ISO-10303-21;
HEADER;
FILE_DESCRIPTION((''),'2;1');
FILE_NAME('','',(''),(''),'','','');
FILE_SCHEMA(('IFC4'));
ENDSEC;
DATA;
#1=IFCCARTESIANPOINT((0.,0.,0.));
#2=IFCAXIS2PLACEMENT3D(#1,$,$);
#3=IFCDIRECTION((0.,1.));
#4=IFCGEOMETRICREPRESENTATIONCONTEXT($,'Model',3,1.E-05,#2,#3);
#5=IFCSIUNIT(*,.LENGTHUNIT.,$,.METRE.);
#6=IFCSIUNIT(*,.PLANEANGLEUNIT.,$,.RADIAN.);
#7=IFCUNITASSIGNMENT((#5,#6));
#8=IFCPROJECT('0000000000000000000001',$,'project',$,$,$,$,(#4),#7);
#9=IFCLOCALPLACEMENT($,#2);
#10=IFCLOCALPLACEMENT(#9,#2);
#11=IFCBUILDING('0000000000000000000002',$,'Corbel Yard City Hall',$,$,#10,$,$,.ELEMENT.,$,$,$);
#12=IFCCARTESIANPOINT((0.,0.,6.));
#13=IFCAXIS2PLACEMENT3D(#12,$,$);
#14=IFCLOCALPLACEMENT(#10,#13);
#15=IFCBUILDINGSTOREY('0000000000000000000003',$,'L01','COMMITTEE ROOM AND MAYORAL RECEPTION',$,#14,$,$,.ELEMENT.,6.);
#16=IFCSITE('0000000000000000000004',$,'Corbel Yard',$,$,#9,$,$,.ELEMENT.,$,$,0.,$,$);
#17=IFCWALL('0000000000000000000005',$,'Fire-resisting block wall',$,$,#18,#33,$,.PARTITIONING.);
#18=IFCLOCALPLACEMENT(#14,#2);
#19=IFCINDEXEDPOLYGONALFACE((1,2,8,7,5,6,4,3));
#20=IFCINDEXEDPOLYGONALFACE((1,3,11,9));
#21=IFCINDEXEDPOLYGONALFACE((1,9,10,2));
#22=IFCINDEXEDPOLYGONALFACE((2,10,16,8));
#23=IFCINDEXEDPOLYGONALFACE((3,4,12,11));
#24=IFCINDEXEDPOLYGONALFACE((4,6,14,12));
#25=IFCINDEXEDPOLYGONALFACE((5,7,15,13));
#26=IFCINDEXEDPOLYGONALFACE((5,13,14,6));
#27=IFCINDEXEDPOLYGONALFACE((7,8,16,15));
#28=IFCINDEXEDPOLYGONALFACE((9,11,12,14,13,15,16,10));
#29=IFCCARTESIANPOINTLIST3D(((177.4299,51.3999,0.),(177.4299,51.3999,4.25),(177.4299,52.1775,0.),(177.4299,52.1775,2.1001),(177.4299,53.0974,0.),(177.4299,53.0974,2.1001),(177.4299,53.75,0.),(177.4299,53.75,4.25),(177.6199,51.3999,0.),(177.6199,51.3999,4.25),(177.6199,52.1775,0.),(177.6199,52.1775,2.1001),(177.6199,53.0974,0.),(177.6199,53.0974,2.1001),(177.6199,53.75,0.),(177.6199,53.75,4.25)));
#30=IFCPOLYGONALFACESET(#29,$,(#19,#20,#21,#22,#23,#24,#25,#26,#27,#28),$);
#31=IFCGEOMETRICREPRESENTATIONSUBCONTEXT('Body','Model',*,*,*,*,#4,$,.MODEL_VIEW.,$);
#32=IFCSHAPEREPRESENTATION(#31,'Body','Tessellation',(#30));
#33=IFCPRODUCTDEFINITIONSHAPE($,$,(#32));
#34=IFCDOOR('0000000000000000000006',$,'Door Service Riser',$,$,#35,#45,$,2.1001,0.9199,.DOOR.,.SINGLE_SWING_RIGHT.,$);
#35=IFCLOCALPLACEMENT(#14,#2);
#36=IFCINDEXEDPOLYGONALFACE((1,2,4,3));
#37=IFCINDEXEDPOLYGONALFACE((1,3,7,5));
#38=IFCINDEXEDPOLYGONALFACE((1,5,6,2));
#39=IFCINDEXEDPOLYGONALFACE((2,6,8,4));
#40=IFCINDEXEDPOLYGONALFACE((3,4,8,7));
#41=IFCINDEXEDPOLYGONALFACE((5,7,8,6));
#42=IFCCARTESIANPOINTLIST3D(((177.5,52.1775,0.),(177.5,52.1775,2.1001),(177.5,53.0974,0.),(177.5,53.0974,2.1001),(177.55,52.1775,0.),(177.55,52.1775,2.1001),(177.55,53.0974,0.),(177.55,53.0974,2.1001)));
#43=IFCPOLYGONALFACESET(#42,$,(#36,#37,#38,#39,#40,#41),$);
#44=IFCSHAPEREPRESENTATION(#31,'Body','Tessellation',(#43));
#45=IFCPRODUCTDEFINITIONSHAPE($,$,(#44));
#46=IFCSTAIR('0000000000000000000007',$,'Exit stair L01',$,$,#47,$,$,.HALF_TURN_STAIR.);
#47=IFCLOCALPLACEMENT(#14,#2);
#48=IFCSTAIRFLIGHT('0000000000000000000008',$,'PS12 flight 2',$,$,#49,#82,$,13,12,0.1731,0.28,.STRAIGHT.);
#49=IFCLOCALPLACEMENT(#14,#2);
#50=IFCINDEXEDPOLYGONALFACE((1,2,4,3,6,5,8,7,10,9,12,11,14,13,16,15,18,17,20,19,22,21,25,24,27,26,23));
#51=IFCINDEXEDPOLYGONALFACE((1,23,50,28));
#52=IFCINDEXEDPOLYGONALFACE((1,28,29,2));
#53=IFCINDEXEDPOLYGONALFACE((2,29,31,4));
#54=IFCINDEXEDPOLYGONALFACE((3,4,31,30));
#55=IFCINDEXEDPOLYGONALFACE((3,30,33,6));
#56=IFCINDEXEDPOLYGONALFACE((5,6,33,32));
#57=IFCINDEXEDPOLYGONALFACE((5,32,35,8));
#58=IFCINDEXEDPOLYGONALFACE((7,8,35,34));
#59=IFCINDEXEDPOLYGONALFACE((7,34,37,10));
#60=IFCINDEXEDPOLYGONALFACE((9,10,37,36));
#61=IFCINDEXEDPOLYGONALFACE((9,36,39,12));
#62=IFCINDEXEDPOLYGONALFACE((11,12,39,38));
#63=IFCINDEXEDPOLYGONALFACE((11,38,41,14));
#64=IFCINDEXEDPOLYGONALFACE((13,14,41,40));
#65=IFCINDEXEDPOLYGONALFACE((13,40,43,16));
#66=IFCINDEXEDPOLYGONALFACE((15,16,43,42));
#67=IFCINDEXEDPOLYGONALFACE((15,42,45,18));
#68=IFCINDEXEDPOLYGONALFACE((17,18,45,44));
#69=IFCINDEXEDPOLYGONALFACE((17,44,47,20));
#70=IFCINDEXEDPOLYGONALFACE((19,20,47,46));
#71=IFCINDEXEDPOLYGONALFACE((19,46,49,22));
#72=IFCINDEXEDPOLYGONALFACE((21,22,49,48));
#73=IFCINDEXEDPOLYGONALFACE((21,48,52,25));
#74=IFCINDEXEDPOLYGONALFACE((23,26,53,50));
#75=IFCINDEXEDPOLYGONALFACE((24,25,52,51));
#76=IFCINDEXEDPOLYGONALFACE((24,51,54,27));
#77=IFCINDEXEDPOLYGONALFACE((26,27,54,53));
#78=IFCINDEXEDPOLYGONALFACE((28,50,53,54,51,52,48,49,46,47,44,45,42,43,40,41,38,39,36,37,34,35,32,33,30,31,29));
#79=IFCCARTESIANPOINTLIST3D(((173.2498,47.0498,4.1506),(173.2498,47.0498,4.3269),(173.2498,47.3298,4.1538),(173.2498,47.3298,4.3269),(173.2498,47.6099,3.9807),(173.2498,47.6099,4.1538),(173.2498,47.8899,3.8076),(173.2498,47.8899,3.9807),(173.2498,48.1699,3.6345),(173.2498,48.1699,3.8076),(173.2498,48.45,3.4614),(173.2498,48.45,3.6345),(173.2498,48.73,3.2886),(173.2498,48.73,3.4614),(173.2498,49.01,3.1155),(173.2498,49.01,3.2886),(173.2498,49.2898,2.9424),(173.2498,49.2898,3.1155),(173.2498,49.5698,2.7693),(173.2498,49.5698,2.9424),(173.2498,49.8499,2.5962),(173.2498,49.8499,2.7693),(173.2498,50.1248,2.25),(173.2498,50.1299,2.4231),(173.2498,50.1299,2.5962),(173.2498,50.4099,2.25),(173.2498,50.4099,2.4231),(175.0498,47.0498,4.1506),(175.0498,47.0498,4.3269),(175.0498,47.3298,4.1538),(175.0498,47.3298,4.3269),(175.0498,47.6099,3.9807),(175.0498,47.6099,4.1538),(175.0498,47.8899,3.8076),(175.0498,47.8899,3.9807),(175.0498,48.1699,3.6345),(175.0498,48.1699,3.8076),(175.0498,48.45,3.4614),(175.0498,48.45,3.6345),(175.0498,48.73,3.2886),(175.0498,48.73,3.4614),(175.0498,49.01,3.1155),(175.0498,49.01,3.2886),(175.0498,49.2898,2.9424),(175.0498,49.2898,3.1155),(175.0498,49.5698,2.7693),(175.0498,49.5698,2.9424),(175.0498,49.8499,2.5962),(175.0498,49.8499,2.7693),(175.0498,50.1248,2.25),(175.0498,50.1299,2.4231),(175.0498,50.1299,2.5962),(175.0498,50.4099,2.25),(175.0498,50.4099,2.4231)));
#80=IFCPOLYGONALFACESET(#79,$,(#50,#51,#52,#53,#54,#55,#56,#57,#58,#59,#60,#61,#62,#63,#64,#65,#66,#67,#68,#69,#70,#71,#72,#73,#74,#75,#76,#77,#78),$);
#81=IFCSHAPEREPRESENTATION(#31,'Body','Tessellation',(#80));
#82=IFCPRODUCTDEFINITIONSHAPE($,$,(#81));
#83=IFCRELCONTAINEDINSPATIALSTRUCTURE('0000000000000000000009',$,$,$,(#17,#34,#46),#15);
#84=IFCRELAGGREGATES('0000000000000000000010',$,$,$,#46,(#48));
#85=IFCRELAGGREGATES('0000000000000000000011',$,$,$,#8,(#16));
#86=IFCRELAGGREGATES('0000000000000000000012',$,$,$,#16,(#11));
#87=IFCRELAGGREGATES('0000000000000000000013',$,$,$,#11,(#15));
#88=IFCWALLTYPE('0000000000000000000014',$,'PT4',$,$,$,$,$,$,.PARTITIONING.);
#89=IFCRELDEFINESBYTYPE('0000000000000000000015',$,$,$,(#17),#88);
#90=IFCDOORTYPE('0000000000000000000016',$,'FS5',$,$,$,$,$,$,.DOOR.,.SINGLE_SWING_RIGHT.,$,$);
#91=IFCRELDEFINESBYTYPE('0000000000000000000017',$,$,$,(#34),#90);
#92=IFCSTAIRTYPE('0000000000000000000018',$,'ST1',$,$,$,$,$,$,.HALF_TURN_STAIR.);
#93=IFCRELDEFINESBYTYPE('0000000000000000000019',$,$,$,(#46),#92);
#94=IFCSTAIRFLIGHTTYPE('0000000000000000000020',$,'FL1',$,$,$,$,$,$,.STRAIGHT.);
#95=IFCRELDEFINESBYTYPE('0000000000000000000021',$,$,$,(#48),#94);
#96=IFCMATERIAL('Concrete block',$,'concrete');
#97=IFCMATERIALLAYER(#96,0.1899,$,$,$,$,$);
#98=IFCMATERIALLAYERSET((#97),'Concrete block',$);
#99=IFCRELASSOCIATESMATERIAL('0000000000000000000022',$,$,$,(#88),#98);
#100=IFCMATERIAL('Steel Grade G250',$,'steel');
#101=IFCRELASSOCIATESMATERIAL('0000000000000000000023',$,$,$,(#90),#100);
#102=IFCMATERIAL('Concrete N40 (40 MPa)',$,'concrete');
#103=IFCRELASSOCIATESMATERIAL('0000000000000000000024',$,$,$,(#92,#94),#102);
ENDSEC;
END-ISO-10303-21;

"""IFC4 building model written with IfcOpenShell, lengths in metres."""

from ifc_helpers import new_model, si_unit, direction, frame, frame_2d, origin, place, context, subcontext, project, spatial, polyline, rectangle, outline, extrude, material, layer, layer_set, type_object, element, fill, aggregate, save


model = new_model("IFC4")

# Units and contexts
model_context = context("Model", 3, precision=1e-05, world=origin(), true_north=direction((0.0, 1.0)))
body_context = subcontext(model_context, "Body", "Model", "MODEL_VIEW")
ifc_project = project(units=[si_unit("LENGTHUNIT", "METRE"), si_unit("PLANEANGLEUNIT", "RADIAN")], contexts=[model_context])

# Site, building, storey
site_placement = place(None, origin())
site = spatial("IfcSite", under=ifc_project, at=site_placement, Name="Corbel Yard", CompositionType="ELEMENT", RefElevation=0.0)
building_placement = place(site_placement, origin())
building = spatial("IfcBuilding", under=site, at=building_placement, Name="Corbel Yard City Hall", CompositionType="ELEMENT")
storey_placement = place(building_placement, frame((0.0, 0.0, 6.0)))
storey = spatial("IfcBuildingStorey", under=building, at=storey_placement, Name="L01", Description="COMMITTEE ROOM AND MAYORAL RECEPTION", CompositionType="ELEMENT", Elevation=6.0)

# Shared definitions
ifc_material_1 = material(Name="Steel Grade G250", Category="steel")

# Shared definitions
ifc_material_2 = material(Name="Concrete N40 (40 MPa)", Category="concrete")

# Wall, opening, door
ifc_material_3 = material(Name="Concrete block", Category="concrete")
ifc_layer_1 = layer(ifc_material_3, 0.1899)
ifc_layer_set_1 = layer_set([ifc_layer_1], Name="Concrete block")
wall_type_1 = type_object("IfcWallType", Name="PT4", PredefinedType="PARTITIONING", material=ifc_layer_set_1)
wall_1_placement = place(storey_placement, frame((177.5249, 51.3999, 0.0), z_axis=(0.0, 0.0, 1.0), x_axis=(0.0, 1.0, 0.0)))
wall_1 = element("IfcWall", 1, at=wall_1_placement, inside=storey, type_object=wall_type_1, Name="Fire-resisting block wall", PredefinedType="PARTITIONING", context=body_context, shape_type="SweptSolid", body=[
    extrude(rectangle(XDim=2.3501, YDim=0.1899, at=frame_2d((1.175, 0.0))), origin(), (0.0, 0.0, 1.0), 4.25),
])
opening_1_placement = place(wall_1_placement, frame((0.7776, 0.0, 0.0)))
opening_1 = element("IfcOpeningElement", 2, at=opening_1_placement, cuts=wall_1, PredefinedType="OPENING", context=body_context, shape_type="SweptSolid", body=[
    extrude(rectangle(XDim=0.9199, YDim=2.1001, at=frame_2d((0.46, 1.05))), frame((0.0, 0.105, 0.0), z_axis=(0.0, -1.0, 0.0), x_axis=(1.0, 0.0, 0.0)), (0.0, 0.0, 1.0), 0.21),
])
door_type_1 = type_object("IfcDoorType", Name="FS5", OperationType="SINGLE_SWING_RIGHT", PredefinedType="DOOR", material=ifc_material_1)
door_1_placement = place(opening_1_placement, origin())
door_1 = element("IfcDoor", 3, at=door_1_placement, inside=storey, type_object=door_type_1, Name="Door Service Riser", OperationType="SINGLE_SWING_RIGHT", OverallHeight=2.1001, OverallWidth=0.9199, PredefinedType="DOOR", context=body_context, shape_type="SweptSolid", body=[
    extrude(rectangle(XDim=0.9199, YDim=2.1001, at=frame_2d((0.46, 1.05))), frame((0.0, 0.0249, 0.0), z_axis=(0.0, -1.0, 0.0), x_axis=(1.0, 0.0, 0.0)), (0.0, 0.0, 1.0), 0.05),
])
fill(opening_1, door_1)

# Stair, stair flight
stair_type = type_object("IfcStairType", Name="ST1", PredefinedType="HALF_TURN_STAIR", material=ifc_material_2)
stair_placement = place(storey_placement, origin())
stair = element("IfcStair", 4, at=stair_placement, inside=storey, type_object=stair_type, Name="Exit stair L01", PredefinedType="HALF_TURN_STAIR")
stair_flight_type = type_object("IfcStairFlightType", Name="FL1", PredefinedType="STRAIGHT", material=ifc_material_2)
stair_flight_placement = place(storey_placement, frame((174.1499, 50.4099, 2.25), z_axis=(0.0, 0.0, 1.0), x_axis=(0.0, -1.0, 0.0)))
stair_flight = element("IfcStairFlight", 5, at=stair_flight_placement, type_object=stair_flight_type, Name="PS12 flight 2", NumberOfRisers=13, NumberOfTreads=12, PredefinedType="STRAIGHT", RiserHeight=0.1731, TreadLength=0.28, context=body_context, shape_type="SweptSolid", body=[
    extrude(outline(polyline([(0.0, 0.0), (0.0, 0.1731), (0.28, 0.1731), (0.28, 0.3462), (0.5601, 0.3462), (0.5601, 0.5193), (0.8401, 0.5193), (0.8401, 0.6924), (1.1201, 0.6924), (1.1201, 0.8655), (1.3999, 0.8655), (1.3999, 1.0386), (1.6799, 1.0386), (1.6799, 1.2114), (1.96, 1.2114), (1.96, 1.3845), (2.24, 1.3845), (2.24, 1.5576), (2.52, 1.5576), (2.52, 1.7307), (2.8, 1.7307), (2.8, 1.9038), (3.0801, 1.9038), (3.0801, 2.0769), (3.3601, 2.0769), (3.3601, 2.25), (3.3601, 1.9006), (0.2852, 0.0), (0.0, 0.0)])), frame((0.0, 0.8999, 0.0), z_axis=(0.0, -1.0, 0.0), x_axis=(1.0, 0.0, 0.0)), (0.0, 0.0, 1.0), 1.8),
])
aggregate(stair, [stair_flight])

save(model, "model.ifc")
